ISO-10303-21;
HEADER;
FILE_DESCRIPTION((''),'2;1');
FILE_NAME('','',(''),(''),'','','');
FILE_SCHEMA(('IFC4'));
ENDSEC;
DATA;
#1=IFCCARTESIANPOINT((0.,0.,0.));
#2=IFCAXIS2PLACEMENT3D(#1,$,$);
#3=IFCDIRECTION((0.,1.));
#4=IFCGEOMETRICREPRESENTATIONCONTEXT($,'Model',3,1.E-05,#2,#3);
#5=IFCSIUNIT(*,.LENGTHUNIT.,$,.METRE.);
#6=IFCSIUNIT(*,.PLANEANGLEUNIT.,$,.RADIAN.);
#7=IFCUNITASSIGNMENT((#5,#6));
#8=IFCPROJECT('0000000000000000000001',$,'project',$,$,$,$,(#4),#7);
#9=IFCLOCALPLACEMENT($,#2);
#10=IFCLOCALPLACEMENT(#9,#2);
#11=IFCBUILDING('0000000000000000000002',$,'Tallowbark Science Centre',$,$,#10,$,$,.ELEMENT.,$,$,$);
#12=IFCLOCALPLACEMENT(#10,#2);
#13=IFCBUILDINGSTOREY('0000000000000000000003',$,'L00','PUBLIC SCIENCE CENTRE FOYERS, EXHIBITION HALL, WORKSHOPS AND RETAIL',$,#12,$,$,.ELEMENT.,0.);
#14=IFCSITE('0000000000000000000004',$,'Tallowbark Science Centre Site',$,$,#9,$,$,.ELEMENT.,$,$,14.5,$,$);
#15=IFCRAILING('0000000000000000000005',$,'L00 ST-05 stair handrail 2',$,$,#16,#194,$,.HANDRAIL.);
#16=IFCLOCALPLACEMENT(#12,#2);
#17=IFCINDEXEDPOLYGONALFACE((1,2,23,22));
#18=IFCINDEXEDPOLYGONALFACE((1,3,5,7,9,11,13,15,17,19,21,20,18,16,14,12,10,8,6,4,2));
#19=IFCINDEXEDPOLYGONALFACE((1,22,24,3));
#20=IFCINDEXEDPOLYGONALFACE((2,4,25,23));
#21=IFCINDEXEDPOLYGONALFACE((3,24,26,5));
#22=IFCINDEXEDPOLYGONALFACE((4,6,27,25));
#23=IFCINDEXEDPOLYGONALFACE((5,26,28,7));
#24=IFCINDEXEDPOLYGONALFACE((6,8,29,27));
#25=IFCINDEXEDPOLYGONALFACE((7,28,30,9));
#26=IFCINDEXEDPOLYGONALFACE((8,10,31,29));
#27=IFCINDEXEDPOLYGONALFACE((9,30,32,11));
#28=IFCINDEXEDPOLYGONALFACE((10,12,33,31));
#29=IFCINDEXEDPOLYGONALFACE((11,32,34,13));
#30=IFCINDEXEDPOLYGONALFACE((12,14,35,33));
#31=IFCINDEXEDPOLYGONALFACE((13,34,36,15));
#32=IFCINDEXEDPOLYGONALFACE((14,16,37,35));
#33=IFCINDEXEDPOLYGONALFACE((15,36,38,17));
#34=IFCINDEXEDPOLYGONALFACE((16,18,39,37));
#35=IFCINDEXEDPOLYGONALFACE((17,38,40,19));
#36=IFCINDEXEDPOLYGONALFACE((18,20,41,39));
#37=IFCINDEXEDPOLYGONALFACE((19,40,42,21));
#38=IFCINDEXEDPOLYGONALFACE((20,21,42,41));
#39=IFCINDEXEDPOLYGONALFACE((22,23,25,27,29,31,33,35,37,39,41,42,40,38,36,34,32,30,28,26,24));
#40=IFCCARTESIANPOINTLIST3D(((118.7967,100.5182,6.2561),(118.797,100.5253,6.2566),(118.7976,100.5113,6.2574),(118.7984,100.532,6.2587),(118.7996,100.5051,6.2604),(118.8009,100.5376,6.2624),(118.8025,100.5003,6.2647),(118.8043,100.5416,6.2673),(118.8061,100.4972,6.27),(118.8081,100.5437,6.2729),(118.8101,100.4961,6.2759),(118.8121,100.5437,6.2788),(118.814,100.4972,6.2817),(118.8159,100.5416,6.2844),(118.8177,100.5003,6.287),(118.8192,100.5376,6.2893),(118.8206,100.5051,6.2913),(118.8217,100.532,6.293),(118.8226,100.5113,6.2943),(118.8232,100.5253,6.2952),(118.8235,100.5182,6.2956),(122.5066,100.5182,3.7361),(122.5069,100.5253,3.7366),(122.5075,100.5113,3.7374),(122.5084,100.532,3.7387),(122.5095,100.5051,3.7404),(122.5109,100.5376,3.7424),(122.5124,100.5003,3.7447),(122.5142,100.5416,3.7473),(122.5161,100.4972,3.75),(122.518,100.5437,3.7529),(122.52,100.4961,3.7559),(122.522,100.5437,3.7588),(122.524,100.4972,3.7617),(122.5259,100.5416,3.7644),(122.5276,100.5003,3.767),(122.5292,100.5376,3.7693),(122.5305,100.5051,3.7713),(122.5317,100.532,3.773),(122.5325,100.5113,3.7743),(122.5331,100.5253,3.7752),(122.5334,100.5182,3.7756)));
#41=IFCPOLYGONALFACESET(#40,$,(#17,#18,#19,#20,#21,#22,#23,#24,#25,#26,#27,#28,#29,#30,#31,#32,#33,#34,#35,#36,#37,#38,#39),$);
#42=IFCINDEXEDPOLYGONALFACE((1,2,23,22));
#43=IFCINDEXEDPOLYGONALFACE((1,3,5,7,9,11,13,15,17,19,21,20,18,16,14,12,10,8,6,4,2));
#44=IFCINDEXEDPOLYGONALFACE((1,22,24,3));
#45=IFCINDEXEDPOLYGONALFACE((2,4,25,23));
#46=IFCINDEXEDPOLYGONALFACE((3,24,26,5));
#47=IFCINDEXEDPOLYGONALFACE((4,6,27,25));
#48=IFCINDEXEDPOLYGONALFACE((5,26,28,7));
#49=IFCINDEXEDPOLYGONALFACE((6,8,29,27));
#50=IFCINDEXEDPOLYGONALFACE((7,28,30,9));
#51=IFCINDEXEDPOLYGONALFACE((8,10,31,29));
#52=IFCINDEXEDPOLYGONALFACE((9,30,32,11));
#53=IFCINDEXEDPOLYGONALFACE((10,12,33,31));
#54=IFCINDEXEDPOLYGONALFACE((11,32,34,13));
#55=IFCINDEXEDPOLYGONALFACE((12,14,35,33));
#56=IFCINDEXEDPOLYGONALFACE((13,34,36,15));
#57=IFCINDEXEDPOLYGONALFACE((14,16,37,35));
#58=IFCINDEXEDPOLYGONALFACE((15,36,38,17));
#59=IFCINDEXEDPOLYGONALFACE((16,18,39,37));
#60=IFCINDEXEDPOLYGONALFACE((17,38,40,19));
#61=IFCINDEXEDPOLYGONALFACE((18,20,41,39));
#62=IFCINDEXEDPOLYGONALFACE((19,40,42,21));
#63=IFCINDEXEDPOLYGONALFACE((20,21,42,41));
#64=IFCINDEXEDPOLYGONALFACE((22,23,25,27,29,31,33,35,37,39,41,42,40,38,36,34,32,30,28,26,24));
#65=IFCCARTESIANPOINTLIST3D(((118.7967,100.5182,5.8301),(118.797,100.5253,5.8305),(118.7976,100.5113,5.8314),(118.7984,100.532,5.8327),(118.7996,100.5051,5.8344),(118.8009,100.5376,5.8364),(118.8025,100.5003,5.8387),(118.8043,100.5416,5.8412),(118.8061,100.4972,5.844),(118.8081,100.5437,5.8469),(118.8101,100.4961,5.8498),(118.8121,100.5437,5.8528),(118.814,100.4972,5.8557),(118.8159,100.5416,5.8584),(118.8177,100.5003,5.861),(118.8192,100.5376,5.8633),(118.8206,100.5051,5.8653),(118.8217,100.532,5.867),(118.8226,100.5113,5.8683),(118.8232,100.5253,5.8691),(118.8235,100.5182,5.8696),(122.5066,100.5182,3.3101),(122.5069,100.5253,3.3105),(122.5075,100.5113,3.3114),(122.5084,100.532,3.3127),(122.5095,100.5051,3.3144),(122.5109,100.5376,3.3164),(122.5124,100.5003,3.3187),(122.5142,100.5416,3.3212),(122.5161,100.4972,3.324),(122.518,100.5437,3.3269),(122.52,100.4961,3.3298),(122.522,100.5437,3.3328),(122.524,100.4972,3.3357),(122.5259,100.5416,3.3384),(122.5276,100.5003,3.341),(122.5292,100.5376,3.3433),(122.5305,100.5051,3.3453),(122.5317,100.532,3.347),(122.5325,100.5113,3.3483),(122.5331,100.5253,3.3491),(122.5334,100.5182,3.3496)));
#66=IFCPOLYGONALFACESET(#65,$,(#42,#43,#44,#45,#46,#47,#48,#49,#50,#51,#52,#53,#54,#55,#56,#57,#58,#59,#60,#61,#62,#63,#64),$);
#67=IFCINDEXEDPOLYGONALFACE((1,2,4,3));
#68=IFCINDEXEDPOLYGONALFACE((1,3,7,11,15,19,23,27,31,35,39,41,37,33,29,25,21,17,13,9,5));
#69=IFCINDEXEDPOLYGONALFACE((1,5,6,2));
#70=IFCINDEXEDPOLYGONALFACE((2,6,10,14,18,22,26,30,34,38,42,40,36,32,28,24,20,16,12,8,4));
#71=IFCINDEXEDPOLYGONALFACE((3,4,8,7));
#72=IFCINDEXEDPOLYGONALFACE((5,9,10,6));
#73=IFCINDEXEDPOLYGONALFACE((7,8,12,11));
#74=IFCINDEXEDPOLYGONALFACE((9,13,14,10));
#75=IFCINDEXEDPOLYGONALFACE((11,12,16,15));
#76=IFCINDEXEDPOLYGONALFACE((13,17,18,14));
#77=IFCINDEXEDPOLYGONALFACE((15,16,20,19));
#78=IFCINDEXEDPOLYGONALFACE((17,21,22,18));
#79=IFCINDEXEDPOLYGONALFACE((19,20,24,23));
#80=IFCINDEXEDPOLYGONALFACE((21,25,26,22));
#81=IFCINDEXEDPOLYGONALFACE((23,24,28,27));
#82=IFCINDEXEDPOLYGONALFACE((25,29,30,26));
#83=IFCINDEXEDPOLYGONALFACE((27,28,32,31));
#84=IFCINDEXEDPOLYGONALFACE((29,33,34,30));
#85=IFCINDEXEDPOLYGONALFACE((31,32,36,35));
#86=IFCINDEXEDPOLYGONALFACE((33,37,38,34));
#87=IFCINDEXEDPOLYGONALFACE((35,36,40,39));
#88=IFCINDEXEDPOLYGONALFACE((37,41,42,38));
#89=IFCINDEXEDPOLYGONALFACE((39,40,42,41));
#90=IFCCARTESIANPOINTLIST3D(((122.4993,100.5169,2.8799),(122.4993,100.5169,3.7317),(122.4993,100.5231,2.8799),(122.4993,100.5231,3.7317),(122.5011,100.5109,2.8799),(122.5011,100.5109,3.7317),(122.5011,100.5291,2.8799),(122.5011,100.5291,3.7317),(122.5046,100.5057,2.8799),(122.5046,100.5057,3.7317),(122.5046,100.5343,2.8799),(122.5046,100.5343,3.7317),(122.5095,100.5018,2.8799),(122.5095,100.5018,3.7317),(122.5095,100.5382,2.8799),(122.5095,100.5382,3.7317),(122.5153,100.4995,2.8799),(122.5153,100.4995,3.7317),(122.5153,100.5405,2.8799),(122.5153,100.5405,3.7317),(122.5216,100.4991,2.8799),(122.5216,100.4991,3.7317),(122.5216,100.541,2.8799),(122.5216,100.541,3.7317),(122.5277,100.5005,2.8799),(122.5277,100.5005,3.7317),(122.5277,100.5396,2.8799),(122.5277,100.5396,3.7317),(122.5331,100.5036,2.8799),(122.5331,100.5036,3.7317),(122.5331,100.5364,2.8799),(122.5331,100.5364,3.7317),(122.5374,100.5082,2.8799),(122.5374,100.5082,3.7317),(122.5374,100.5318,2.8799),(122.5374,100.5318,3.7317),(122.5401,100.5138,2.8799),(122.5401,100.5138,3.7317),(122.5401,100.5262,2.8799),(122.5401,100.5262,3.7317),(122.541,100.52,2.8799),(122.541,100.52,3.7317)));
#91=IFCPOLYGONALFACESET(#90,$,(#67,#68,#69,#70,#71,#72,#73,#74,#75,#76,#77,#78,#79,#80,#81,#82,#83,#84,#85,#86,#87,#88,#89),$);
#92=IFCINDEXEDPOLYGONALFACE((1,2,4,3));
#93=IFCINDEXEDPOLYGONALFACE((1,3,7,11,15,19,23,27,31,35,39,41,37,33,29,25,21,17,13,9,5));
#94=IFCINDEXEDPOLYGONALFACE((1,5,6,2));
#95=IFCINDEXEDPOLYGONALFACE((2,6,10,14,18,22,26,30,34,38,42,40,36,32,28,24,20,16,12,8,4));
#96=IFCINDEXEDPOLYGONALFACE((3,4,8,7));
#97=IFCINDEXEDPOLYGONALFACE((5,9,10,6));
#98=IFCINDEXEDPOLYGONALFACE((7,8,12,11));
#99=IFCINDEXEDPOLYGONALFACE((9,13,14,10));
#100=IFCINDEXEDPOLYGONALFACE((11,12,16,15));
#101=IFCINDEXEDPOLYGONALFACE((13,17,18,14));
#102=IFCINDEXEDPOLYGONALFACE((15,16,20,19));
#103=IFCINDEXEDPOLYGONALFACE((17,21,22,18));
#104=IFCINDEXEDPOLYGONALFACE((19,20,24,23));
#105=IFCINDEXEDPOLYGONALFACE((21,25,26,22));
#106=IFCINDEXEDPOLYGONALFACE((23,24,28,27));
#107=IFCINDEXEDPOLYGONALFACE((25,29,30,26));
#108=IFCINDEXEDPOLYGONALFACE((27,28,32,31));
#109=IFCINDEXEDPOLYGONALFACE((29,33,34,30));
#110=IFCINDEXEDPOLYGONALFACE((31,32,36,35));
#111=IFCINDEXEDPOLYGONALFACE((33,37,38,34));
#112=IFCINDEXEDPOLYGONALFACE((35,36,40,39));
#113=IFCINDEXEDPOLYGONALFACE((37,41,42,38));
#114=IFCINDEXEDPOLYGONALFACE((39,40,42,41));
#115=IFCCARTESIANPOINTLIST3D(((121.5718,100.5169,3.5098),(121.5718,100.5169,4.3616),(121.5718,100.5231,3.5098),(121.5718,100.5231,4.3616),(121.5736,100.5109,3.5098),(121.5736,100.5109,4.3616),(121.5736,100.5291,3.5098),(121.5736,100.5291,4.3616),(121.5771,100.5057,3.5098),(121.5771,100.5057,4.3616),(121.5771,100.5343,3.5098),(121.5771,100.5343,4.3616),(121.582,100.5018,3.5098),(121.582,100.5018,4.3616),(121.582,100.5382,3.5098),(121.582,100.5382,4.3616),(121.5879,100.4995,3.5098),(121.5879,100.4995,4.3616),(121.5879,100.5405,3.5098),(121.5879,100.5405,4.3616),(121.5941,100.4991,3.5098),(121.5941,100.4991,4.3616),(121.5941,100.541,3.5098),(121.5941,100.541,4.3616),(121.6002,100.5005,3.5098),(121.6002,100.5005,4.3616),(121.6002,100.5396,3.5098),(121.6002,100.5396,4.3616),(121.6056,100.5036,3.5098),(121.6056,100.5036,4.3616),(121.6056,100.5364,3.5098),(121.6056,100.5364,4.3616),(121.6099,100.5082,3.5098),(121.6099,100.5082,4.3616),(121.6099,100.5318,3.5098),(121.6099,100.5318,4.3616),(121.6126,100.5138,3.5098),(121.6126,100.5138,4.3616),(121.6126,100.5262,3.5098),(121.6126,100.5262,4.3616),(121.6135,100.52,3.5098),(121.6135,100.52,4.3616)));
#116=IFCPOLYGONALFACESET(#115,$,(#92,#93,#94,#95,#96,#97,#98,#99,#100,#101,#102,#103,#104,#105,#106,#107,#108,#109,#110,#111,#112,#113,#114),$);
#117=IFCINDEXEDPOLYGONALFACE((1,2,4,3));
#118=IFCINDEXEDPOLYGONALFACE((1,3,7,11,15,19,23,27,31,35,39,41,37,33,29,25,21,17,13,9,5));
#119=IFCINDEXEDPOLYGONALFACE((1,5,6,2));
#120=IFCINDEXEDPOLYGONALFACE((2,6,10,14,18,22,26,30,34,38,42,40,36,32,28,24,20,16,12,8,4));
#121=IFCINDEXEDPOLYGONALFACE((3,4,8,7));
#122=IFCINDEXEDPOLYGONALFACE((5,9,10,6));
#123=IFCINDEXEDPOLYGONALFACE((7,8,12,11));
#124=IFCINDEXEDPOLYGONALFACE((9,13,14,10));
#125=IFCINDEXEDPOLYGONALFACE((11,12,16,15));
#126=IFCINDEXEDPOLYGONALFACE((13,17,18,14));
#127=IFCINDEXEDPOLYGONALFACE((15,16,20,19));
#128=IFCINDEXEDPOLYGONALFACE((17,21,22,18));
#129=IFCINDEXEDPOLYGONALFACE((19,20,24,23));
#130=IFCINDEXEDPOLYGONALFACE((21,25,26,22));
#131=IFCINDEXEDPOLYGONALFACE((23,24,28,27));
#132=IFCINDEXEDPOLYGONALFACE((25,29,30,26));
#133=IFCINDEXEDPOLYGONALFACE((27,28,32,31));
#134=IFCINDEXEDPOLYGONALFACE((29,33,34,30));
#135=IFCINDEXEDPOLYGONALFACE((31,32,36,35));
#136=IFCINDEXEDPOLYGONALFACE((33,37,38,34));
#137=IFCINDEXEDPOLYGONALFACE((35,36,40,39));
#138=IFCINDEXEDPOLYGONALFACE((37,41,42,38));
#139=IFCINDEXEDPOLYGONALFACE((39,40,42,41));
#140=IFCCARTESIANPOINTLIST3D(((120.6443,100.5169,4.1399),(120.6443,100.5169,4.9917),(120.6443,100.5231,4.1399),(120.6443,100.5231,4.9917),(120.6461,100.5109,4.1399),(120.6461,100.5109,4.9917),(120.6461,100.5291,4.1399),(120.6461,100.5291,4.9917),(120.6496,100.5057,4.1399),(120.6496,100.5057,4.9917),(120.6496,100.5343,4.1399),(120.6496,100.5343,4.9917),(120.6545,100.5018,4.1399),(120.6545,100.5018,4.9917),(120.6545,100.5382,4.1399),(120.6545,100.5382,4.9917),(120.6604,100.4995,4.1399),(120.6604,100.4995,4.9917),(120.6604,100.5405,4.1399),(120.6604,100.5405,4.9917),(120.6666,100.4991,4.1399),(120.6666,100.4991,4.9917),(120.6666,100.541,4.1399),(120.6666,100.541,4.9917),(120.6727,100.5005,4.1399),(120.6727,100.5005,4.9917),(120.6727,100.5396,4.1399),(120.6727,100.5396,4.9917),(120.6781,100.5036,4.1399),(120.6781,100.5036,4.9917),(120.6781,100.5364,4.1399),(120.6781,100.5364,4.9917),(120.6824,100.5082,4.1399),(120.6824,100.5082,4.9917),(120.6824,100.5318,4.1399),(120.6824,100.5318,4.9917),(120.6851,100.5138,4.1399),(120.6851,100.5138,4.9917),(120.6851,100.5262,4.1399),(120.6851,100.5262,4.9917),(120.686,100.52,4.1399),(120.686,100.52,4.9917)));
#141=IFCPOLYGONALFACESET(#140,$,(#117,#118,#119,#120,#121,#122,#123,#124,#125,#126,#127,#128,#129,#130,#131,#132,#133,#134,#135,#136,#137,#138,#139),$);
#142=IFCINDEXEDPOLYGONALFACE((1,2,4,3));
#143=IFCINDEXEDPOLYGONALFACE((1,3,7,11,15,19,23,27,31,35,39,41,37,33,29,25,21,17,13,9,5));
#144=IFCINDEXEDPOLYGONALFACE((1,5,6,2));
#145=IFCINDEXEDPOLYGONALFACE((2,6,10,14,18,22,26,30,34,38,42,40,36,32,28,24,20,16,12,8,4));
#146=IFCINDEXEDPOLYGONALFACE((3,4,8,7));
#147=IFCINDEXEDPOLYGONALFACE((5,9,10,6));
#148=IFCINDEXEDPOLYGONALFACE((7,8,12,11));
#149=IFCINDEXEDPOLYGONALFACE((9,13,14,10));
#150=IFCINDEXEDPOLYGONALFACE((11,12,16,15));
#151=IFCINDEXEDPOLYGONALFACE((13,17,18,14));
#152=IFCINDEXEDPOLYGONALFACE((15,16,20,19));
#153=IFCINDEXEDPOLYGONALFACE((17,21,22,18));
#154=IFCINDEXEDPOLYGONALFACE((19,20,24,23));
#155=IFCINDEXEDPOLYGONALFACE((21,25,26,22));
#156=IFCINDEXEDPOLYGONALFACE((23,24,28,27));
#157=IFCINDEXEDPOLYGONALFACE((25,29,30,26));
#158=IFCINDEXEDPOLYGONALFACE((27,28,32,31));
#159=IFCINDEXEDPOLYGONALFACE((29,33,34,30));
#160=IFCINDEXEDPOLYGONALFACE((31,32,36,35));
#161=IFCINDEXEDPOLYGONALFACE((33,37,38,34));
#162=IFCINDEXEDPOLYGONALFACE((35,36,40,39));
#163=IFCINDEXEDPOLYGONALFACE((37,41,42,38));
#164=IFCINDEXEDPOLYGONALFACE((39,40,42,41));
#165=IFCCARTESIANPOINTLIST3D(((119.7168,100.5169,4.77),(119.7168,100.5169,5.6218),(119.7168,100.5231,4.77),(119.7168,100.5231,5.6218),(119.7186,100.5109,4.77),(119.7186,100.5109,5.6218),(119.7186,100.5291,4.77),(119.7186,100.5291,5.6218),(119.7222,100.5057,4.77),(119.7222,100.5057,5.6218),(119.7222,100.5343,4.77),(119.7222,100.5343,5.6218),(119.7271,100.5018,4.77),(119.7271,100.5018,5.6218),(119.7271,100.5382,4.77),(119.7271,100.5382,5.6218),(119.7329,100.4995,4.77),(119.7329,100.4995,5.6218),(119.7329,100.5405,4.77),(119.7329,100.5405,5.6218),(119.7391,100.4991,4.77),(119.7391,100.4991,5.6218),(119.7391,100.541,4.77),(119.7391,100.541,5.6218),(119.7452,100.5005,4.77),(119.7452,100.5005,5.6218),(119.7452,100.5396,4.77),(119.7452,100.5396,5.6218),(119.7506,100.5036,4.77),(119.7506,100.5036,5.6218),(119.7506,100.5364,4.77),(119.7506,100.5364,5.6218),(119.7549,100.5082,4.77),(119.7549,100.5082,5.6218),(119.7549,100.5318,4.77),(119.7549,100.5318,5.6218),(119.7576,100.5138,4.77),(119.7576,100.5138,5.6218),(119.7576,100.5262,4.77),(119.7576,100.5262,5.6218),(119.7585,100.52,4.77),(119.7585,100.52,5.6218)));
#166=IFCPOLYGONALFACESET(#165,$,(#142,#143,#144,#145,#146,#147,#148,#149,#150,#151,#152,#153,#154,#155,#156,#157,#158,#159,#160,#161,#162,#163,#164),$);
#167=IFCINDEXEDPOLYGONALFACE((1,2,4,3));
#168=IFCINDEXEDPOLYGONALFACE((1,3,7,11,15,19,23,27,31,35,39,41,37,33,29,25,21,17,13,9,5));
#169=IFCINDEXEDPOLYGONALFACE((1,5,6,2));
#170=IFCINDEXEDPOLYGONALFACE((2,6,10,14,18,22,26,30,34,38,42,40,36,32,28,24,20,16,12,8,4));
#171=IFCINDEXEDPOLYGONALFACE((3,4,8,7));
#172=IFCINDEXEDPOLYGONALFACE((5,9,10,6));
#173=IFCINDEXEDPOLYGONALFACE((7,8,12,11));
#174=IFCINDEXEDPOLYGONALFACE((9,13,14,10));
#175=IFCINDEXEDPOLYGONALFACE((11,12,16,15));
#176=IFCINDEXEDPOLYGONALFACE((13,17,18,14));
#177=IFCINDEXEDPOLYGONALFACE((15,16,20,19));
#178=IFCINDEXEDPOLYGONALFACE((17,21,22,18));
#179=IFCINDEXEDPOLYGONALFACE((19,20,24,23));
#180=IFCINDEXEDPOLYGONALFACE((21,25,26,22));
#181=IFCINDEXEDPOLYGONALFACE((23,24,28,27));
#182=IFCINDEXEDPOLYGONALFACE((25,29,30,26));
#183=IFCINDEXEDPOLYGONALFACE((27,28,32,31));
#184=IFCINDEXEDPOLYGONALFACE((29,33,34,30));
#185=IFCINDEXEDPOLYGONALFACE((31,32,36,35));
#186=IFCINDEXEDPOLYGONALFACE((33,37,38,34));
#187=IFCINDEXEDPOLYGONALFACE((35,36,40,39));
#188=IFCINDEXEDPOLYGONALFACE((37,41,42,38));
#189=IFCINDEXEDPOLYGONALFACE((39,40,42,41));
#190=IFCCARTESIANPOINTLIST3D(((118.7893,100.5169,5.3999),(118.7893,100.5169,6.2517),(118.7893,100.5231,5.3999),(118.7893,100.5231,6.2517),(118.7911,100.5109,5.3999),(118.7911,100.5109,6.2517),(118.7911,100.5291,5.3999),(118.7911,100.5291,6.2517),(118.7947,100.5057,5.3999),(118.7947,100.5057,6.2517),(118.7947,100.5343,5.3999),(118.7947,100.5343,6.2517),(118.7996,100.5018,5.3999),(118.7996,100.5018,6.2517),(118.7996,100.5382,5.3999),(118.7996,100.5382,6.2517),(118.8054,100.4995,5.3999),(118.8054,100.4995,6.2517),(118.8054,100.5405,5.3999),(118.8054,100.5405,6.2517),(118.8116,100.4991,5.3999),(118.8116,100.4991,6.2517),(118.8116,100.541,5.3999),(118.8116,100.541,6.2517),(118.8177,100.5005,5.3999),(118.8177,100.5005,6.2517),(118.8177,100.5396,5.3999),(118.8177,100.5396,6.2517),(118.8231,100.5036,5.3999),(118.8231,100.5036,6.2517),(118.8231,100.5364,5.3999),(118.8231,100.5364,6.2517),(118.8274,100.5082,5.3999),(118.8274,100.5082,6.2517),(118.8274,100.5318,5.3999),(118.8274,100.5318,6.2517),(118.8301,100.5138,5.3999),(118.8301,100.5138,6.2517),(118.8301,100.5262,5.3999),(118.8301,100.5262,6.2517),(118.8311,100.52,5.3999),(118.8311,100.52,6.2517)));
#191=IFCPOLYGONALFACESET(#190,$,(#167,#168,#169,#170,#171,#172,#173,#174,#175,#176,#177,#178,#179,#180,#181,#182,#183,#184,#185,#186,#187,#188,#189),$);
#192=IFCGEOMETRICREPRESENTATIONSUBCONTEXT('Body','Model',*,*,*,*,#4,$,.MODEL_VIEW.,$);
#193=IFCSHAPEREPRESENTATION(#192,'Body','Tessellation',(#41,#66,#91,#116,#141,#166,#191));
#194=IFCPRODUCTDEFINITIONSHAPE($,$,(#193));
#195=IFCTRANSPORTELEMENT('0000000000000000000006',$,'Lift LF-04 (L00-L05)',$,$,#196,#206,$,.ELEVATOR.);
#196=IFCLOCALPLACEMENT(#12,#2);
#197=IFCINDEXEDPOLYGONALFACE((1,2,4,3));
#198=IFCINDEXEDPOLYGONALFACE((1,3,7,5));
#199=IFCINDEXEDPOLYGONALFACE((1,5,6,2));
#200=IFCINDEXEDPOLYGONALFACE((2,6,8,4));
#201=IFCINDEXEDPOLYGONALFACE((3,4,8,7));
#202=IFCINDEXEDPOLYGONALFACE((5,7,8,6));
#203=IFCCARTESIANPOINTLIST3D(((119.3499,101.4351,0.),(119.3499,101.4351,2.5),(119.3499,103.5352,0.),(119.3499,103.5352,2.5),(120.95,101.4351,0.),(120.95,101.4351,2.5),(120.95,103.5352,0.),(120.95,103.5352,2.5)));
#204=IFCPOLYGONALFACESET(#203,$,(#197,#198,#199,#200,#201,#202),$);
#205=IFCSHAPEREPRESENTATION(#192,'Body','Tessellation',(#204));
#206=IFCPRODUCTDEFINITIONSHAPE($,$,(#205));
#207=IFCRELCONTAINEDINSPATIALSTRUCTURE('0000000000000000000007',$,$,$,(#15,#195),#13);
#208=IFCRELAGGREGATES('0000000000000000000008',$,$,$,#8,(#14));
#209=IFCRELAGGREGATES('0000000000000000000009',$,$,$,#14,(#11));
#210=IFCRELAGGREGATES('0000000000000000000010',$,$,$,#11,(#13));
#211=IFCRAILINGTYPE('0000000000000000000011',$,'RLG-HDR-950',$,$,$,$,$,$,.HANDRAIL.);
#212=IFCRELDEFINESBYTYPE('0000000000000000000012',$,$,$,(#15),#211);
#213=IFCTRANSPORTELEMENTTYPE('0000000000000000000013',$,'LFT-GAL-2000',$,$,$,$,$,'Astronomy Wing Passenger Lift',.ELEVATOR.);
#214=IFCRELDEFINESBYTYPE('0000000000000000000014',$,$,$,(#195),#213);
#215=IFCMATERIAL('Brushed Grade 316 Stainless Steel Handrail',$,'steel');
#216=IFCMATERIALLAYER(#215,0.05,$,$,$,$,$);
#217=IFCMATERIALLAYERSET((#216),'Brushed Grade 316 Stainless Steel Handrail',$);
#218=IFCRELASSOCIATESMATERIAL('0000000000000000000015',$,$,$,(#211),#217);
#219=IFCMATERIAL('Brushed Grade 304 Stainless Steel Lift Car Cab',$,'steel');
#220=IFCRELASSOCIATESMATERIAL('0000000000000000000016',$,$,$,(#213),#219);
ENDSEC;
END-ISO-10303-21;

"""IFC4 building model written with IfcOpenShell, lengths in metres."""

from ifc_helpers import new_model, si_unit, direction, frame, origin, origin_2d, place, context, subcontext, project, spatial, rectangle, circle, extrude, material, layer, layer_set, type_object, element, save


model = new_model("IFC4")

# Units and contexts
model_context = context("Model", 3, precision=1e-05, world=origin(), true_north=direction((0.0, 1.0)))
body_context = subcontext(model_context, "Body", "Model", "MODEL_VIEW")
ifc_project = project(units=[si_unit("LENGTHUNIT", "METRE"), si_unit("PLANEANGLEUNIT", "RADIAN")], contexts=[model_context])

# Site, building, storey
site_placement = place(None, origin())
site = spatial("IfcSite", under=ifc_project, at=site_placement, Name="Tallowbark Science Centre Site", CompositionType="ELEMENT", RefElevation=14.5)
building_placement = place(site_placement, origin())
building = spatial("IfcBuilding", under=site, at=building_placement, Name="Tallowbark Science Centre", CompositionType="ELEMENT")
storey_placement = place(building_placement, origin())
storey = spatial("IfcBuildingStorey", under=building, at=storey_placement, Name="L00", Description="PUBLIC SCIENCE CENTRE FOYERS, EXHIBITION HALL, WORKSHOPS AND RETAIL", CompositionType="ELEMENT", Elevation=0.0)

# Railing
ifc_material_1 = material(Name="Brushed Grade 316 Stainless Steel Handrail", Category="steel")
ifc_layer_1 = layer(ifc_material_1, 0.05)
ifc_layer_set_1 = layer_set([ifc_layer_1], Name="Brushed Grade 316 Stainless Steel Handrail")
railing_type_1 = type_object("IfcRailingType", Name="RLG-HDR-950", PredefinedType="HANDRAIL", material=ifc_layer_set_1)
railing_1_placement = place(storey_placement, frame((122.52, 100.52, 2.8799)))
element("IfcRailing", 1, at=railing_1_placement, inside=storey, type_object=railing_type_1, Name="L00 ST-05 stair handrail 2", PredefinedType="HANDRAIL", context=body_context, shape_type="SweptSolid", body=[
    extrude(circle(Radius=0.0239, at=origin_2d()), frame((0.0, 0.0, 0.876), z_axis=(-0.827212, 0.0, 0.56189), x_axis=(0.0, -1.0, 0.0)), (0.0, 0.0, 1.0), 4.4849),
    extrude(circle(Radius=0.0239, at=origin_2d()), frame((0.0, 0.0, 0.45), z_axis=(-0.827212, 0.0, 0.56189), x_axis=(0.0, -1.0, 0.0)), (0.0, 0.0, 1.0), 4.4849),
    extrude(circle(Radius=0.021, at=origin_2d()), origin(), (0.0, 0.0, 1.0), 0.8518),
    extrude(circle(Radius=0.021, at=origin_2d()), frame((-0.9275, 0.0, 0.6299)), (0.0, 0.0, 1.0), 0.8518),
    extrude(circle(Radius=0.021, at=origin_2d()), frame((-1.855, 0.0, 1.26)), (0.0, 0.0, 1.0), 0.8518),
    extrude(circle(Radius=0.021, at=origin_2d()), frame((-2.7825, 0.0, 1.8901)), (0.0, 0.0, 1.0), 0.8518),
    extrude(circle(Radius=0.021, at=origin_2d()), frame((-3.71, 0.0, 2.52)), (0.0, 0.0, 1.0), 0.8518),
])

# Transport element
ifc_material_2 = material(Name="Brushed Grade 304 Stainless Steel Lift Car Cab", Category="steel")
transport_element_type = type_object("IfcTransportElementType", Name="LFT-GAL-2000", ElementType="Astronomy Wing Passenger Lift", PredefinedType="ELEVATOR", material=ifc_material_2)
transport_element_placement = place(storey_placement, frame((120.1499, 102.4851, 0.0), z_axis=(0.0, 0.0, 1.0), x_axis=(1.0, 0.0, 0.0)))
element("IfcTransportElement", 2, at=transport_element_placement, inside=storey, type_object=transport_element_type, Name="Lift LF-04 (L00-L05)", PredefinedType="ELEVATOR", context=body_context, shape_type="SweptSolid", body=[
    extrude(rectangle(XDim=1.6001, YDim=2.1001, at=origin_2d()), origin(), (0.0, 0.0, 1.0), 2.5),
])

save(model, "model.ifc")
